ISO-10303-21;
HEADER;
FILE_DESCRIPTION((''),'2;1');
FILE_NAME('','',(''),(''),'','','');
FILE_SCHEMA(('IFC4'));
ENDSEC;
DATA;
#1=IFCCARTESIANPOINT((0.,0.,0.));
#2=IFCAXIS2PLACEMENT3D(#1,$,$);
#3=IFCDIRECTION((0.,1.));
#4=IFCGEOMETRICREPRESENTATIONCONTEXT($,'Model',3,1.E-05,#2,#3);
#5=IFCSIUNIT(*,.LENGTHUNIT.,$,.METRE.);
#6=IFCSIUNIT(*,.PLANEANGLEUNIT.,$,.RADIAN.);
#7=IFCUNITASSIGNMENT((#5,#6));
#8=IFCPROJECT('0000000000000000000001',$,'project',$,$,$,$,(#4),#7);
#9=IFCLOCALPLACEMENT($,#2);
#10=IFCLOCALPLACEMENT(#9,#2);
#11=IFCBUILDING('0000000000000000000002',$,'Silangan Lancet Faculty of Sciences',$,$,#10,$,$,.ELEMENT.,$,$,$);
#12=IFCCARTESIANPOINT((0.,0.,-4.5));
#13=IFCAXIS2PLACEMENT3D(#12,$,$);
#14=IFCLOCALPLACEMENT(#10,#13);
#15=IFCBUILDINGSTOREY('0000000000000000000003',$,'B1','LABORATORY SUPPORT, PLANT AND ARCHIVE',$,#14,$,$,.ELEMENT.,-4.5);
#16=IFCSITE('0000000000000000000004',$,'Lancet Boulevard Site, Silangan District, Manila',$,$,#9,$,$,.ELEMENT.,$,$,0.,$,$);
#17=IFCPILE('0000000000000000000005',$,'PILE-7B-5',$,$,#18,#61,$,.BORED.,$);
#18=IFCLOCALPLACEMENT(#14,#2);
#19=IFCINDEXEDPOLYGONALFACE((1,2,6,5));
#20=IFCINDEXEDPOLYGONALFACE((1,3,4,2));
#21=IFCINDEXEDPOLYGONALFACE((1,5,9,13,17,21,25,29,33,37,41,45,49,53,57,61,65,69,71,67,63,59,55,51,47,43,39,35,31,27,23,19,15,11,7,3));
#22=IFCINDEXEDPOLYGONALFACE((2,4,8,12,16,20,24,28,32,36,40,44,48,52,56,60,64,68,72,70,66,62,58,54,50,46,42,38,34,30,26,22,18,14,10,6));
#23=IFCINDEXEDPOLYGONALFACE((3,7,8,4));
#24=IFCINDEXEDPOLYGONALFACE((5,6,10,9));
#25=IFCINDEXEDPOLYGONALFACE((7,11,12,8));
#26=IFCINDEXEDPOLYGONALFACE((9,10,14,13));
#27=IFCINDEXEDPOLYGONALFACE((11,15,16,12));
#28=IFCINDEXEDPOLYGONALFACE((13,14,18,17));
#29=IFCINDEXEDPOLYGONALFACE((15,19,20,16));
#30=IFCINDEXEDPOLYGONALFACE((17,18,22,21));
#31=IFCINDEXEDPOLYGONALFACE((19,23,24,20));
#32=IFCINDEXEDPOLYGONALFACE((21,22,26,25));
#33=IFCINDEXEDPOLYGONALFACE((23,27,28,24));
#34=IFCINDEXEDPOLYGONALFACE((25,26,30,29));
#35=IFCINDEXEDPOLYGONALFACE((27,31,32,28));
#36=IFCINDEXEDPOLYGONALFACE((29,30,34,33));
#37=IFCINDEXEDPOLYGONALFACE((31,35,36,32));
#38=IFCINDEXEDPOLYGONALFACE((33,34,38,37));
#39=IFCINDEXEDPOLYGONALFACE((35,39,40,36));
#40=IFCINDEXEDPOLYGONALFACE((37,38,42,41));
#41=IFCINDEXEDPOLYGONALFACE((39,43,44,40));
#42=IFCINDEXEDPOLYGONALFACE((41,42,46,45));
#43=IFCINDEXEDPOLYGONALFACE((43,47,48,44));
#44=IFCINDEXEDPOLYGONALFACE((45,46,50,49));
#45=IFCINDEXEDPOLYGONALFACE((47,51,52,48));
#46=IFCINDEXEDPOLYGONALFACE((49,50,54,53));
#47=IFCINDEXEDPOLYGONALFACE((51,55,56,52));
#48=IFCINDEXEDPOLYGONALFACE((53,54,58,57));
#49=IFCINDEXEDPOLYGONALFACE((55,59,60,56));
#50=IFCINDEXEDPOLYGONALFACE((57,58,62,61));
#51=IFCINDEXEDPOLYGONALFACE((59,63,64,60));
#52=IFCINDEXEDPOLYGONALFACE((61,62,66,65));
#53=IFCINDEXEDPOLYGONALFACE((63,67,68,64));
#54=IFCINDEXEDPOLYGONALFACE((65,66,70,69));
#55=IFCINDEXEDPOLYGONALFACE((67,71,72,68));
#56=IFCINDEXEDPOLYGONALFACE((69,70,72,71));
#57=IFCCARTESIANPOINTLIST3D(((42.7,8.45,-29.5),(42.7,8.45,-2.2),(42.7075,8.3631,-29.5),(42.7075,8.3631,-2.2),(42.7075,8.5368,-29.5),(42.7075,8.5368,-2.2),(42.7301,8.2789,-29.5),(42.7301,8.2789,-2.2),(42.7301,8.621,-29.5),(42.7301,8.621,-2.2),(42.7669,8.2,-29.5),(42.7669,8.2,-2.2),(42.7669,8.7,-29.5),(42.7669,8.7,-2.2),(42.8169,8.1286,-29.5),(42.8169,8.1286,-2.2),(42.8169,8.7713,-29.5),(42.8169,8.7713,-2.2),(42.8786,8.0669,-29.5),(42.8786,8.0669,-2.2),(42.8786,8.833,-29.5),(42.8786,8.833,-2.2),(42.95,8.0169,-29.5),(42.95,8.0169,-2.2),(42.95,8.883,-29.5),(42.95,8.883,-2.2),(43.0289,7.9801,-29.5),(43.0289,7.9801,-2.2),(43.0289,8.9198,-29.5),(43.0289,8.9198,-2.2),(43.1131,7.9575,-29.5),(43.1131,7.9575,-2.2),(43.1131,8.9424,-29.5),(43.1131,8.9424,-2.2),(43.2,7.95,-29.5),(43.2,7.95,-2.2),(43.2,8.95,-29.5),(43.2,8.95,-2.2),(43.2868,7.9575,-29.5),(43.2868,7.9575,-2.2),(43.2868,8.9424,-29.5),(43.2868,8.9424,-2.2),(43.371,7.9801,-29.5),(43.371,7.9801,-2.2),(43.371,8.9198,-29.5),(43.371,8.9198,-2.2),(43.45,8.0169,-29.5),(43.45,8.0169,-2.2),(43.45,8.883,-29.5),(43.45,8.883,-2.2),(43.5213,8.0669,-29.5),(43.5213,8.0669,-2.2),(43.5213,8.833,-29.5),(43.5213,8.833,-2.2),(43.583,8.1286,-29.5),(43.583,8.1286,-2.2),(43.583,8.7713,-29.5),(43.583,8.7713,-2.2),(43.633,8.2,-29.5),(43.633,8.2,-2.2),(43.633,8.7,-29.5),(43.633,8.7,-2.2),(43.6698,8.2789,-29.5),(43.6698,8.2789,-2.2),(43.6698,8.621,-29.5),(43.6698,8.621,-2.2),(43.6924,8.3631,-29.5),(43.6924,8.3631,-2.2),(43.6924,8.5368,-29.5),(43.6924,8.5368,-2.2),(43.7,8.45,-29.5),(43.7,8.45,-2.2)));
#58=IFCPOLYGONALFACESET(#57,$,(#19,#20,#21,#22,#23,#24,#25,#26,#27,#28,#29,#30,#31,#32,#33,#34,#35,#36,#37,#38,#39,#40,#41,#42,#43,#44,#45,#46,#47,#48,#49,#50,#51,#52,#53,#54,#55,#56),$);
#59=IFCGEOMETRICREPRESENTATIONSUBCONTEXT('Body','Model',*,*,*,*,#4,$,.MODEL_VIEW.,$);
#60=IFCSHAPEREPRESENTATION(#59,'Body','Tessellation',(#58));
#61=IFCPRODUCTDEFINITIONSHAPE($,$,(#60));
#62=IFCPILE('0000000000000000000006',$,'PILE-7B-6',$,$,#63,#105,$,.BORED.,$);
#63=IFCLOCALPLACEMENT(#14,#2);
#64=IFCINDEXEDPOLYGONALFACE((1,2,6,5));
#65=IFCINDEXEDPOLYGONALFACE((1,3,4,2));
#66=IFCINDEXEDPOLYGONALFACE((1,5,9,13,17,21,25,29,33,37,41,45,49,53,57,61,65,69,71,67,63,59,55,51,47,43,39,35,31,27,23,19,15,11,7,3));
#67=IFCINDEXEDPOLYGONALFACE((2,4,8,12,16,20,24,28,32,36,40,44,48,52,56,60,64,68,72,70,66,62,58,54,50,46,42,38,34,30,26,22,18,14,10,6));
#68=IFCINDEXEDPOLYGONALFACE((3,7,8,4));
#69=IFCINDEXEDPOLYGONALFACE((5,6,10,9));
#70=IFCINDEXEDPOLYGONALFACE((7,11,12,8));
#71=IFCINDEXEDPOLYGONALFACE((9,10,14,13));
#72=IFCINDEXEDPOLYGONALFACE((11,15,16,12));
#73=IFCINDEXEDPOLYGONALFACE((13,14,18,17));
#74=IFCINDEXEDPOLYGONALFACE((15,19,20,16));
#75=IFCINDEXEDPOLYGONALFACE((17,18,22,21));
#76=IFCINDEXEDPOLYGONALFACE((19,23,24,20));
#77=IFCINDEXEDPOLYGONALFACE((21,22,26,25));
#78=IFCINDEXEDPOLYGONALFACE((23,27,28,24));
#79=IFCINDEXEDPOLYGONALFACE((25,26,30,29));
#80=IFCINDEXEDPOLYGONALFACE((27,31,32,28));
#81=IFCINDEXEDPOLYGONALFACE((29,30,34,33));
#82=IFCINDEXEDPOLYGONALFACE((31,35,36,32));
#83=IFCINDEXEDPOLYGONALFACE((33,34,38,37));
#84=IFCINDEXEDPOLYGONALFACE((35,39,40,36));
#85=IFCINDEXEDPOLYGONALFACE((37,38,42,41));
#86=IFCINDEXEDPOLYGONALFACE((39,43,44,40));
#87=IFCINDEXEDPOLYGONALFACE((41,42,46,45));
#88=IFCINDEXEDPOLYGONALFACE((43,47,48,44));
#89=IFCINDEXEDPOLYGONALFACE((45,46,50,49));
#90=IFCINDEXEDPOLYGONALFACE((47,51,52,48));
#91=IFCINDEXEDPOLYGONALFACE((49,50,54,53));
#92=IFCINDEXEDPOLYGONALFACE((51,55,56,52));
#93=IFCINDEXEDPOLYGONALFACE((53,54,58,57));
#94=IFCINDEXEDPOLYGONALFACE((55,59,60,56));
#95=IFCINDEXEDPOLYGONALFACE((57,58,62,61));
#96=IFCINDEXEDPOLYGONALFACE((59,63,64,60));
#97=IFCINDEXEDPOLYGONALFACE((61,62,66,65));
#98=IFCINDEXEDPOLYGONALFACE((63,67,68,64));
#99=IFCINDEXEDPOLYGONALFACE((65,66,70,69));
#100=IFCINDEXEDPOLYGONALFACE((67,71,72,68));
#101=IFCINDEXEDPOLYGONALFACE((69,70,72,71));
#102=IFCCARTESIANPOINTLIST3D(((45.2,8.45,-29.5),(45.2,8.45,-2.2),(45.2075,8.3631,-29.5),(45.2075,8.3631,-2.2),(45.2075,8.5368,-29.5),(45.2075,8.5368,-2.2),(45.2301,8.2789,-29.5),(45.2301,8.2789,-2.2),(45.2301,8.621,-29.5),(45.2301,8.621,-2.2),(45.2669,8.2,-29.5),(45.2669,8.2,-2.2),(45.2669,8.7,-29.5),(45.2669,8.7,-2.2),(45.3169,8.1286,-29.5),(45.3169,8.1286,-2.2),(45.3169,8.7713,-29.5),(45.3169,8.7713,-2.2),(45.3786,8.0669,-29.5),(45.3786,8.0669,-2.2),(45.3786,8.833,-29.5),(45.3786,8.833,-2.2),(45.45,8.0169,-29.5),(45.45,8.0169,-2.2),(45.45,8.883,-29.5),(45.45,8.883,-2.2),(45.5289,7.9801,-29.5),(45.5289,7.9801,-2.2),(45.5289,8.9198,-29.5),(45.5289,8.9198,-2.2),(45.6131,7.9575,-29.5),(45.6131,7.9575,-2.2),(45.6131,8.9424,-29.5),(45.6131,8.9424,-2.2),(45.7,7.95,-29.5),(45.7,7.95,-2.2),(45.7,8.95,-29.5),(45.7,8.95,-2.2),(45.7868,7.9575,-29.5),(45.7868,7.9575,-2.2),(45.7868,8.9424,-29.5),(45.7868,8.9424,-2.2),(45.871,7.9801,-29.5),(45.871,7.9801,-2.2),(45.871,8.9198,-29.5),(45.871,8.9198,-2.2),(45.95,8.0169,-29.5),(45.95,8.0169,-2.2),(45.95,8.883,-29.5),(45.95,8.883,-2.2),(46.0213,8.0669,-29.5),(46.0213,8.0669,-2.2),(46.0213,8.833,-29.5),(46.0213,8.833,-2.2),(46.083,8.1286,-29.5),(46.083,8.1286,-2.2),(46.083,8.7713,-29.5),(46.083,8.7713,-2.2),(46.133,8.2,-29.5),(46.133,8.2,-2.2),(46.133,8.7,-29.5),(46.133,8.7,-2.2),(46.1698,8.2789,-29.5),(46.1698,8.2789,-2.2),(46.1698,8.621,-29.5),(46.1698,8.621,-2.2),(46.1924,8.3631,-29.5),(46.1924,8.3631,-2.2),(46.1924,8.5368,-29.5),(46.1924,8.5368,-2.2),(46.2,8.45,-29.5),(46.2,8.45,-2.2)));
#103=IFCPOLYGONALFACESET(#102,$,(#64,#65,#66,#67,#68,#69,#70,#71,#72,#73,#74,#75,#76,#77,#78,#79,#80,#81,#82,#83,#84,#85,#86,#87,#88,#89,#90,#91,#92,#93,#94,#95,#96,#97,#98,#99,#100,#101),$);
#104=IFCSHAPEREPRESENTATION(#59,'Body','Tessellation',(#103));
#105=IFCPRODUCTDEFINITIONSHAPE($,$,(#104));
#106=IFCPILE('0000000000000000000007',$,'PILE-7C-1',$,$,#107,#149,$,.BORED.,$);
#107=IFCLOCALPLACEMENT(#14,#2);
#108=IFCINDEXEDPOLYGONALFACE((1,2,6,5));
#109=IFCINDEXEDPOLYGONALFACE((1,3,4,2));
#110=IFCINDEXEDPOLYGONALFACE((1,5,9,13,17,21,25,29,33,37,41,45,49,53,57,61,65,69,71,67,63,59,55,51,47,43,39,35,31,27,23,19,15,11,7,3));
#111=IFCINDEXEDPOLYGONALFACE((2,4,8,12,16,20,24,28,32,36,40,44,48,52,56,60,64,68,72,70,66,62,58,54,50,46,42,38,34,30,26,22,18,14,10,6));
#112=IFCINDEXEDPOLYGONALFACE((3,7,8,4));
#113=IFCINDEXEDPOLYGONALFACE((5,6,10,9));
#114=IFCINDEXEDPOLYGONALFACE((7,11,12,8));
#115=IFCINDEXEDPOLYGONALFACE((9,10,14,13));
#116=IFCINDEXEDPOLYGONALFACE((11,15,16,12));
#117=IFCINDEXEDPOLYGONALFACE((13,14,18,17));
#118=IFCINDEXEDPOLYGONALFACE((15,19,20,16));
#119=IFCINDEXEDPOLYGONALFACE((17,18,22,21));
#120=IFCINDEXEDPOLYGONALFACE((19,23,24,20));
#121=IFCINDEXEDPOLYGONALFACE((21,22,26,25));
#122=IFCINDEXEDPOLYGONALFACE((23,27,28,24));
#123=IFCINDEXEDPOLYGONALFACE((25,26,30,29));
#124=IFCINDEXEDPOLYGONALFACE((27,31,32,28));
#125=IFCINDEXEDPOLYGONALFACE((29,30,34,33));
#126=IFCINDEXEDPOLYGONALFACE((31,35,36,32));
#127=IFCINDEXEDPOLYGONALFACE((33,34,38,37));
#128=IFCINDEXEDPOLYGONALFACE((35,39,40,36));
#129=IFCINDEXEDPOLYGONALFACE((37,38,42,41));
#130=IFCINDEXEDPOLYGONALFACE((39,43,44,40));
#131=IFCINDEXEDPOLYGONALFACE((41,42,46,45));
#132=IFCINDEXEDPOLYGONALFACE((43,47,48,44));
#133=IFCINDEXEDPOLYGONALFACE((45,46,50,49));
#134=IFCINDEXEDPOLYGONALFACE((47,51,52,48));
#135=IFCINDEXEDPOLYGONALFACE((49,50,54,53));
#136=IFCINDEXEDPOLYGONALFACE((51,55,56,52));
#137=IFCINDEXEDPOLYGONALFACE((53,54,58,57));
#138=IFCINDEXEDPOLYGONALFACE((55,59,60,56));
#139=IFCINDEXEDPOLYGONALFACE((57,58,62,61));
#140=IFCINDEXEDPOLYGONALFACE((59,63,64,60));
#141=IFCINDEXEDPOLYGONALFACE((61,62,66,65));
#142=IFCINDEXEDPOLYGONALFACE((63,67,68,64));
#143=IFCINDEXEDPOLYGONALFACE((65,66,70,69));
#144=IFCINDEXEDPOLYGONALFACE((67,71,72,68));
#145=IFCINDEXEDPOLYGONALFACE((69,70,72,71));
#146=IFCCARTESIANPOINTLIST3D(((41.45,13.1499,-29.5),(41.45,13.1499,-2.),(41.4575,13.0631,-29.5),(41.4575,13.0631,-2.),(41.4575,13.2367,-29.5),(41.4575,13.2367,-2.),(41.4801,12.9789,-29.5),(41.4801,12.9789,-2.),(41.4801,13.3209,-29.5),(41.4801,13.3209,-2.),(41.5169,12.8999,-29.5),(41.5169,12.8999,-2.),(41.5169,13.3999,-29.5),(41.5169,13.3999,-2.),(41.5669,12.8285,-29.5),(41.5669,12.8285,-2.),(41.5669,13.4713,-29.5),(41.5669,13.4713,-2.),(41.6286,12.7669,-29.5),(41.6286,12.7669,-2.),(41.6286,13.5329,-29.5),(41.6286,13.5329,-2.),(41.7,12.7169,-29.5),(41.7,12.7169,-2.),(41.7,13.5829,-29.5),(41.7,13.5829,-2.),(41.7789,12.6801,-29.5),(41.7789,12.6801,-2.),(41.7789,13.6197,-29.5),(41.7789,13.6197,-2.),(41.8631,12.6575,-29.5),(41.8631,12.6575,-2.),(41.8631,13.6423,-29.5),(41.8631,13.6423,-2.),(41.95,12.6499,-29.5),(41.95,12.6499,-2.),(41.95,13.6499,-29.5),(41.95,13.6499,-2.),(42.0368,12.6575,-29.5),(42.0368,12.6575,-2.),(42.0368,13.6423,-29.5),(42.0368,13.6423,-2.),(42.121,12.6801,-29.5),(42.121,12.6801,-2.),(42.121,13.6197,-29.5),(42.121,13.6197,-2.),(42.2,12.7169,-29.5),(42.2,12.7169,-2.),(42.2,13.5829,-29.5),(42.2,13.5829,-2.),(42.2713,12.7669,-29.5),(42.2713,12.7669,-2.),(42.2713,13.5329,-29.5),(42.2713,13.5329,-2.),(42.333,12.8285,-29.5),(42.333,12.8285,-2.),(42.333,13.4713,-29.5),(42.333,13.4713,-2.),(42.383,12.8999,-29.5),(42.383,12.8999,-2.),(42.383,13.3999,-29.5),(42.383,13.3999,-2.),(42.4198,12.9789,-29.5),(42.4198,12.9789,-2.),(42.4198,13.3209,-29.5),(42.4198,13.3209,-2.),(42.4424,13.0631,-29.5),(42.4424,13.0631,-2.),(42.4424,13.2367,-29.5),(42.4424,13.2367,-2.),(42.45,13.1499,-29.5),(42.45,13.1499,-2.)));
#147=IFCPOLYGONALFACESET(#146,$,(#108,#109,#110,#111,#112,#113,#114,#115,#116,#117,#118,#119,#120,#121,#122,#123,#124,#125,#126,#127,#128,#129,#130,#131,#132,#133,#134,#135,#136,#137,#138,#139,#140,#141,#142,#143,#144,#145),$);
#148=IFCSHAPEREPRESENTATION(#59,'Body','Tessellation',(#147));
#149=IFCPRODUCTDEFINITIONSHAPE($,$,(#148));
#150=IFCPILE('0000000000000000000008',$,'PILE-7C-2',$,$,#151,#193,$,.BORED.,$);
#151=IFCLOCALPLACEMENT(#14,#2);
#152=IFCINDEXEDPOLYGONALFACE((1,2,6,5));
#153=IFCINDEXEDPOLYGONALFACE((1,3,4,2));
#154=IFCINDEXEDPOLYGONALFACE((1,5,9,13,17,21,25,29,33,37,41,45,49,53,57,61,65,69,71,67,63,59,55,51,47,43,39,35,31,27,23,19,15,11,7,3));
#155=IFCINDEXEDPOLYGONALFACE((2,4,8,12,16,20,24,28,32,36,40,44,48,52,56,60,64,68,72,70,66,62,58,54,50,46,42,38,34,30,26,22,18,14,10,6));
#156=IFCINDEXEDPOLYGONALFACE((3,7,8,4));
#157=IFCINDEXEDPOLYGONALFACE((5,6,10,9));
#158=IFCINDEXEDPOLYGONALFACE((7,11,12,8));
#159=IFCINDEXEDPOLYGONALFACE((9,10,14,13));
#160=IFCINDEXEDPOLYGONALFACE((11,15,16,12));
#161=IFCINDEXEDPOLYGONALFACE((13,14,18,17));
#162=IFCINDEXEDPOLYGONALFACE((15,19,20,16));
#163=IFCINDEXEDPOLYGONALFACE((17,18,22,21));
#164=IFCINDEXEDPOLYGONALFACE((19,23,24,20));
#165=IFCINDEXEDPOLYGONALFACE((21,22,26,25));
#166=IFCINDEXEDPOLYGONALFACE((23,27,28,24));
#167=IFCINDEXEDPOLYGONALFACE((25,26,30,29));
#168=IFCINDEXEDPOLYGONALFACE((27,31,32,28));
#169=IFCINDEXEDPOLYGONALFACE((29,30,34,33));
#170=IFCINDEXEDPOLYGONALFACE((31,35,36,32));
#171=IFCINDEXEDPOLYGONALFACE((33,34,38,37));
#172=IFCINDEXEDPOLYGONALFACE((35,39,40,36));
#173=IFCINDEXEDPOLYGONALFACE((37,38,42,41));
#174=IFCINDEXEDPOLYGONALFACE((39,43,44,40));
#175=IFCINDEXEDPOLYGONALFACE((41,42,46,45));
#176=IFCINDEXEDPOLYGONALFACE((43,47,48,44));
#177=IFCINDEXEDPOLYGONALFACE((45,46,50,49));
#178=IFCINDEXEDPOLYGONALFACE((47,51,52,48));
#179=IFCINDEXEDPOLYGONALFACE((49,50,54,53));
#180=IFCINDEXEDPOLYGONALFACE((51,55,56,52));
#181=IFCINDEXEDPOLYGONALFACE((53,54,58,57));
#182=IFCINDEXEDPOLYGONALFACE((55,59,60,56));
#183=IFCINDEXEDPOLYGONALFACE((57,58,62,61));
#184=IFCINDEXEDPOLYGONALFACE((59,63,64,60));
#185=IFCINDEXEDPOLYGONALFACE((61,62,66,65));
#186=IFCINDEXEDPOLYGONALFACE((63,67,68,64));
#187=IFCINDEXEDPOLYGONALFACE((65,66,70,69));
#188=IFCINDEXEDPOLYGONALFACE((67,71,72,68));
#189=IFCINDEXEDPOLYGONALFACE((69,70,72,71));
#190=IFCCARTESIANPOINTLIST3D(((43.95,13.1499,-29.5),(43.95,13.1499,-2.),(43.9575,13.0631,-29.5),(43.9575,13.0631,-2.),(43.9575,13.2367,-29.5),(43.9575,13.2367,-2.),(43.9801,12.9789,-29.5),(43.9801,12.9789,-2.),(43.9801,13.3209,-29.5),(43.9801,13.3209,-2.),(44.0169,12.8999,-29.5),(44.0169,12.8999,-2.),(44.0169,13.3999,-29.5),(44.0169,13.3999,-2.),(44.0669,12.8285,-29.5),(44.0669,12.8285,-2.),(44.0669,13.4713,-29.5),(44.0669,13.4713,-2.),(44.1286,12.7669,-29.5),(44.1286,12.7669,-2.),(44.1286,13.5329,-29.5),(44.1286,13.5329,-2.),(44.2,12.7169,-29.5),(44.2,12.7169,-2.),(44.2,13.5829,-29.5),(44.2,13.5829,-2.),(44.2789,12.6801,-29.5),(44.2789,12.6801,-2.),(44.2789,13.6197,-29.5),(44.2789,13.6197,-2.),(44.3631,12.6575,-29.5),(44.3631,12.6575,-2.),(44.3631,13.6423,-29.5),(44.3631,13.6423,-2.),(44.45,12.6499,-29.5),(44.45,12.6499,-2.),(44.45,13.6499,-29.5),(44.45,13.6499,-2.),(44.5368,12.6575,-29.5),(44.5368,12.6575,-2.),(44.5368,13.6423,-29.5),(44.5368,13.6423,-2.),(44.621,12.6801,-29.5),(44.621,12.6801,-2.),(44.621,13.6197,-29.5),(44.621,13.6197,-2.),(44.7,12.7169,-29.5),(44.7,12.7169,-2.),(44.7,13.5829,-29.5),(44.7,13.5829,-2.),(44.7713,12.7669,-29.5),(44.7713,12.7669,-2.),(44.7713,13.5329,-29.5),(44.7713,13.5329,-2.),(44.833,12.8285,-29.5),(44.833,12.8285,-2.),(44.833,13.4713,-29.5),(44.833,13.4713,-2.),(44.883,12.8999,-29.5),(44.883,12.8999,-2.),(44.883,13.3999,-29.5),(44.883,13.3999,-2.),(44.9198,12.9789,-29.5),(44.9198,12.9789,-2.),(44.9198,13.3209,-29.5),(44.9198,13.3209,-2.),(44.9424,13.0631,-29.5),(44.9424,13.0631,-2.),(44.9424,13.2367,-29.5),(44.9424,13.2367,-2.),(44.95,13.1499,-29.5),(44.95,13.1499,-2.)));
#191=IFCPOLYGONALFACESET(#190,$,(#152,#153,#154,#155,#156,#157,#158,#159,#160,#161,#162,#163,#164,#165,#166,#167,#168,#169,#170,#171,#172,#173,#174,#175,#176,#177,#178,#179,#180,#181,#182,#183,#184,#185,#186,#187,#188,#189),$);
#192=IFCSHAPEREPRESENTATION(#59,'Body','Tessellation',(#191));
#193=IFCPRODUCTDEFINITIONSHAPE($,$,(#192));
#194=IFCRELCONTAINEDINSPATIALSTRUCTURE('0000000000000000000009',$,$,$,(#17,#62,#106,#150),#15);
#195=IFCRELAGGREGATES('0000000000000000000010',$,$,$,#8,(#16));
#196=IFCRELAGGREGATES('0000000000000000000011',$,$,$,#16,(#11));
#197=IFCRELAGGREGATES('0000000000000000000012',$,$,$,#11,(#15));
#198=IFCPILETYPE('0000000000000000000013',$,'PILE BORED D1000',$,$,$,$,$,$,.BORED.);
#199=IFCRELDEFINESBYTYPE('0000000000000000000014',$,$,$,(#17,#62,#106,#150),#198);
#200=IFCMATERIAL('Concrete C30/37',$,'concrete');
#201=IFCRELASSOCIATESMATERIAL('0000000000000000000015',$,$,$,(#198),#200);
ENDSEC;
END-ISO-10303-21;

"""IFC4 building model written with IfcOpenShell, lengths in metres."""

from ifc_helpers import new_model, si_unit, direction, frame, origin, origin_2d, place, context, subcontext, project, spatial, circle, extrude, material, material_profile, profile_set, type_object, element, save


model = new_model("IFC4")

# Units and contexts
model_context = context("Model", 3, precision=1e-05, world=origin(), true_north=direction((0.0, 1.0)))
body_context = subcontext(model_context, "Body", "Model", "MODEL_VIEW")
ifc_project = project(units=[si_unit("LENGTHUNIT", "METRE"), si_unit("PLANEANGLEUNIT", "RADIAN")], contexts=[model_context])

# Site, building, storey
site_placement = place(None, origin())
site = spatial("IfcSite", under=ifc_project, at=site_placement, Name="Lancet Boulevard Site, Silangan District, Manila", CompositionType="ELEMENT", RefElevation=0.0)
building_placement = place(site_placement, origin())
building = spatial("IfcBuilding", under=site, at=building_placement, Name="Silangan Lancet Faculty of Sciences", CompositionType="ELEMENT")
storey_placement = place(building_placement, frame((0.0, 0.0, -4.5)))
storey = spatial("IfcBuildingStorey", under=building, at=storey_placement, Name="B1", Description="LABORATORY SUPPORT, PLANT AND ARCHIVE", CompositionType="ELEMENT", Elevation=-4.5)

# Piles
ifc_material_1 = material(Name="Concrete C30/37", Category="concrete")
ifc_material_profile_1 = material_profile(ifc_material_1, circle(Radius=0.5, at=origin_2d()), Name="BORED PILE D1000")
ifc_profile_set_1 = profile_set([ifc_material_profile_1], Name="Concrete C30/37")
pile_type = type_object("IfcPileType", Name="PILE BORED D1000", PredefinedType="BORED", material=ifc_profile_set_1)
for number, where, z_axis, x_axis, name in (
    (1, (43.2, 8.45, -2.2), (0.0, 0.0, -1.0), (1.0, 0.0, 0.0), "PILE-7B-5"),
    (2, (45.7, 8.45, -2.2), (0.0, 0.0, -1.0), (1.0, 0.0, 0.0), "PILE-7B-6"),
):
    element("IfcPile", number, at=place(storey_placement, frame(where, z_axis=z_axis, x_axis=x_axis)), inside=storey, type_object=pile_type, Name=name, PredefinedType="BORED", context=body_context, shape_type="SweptSolid", body=[
        extrude(circle(Radius=0.5, at=origin_2d()), origin(), (0.0, 0.0, 1.0), 27.3),
    ])
for number, where, z_axis, x_axis, name in (
    (3, (41.95, 13.1499, -2.0), (0.0, 0.0, -1.0), (1.0, 0.0, 0.0), "PILE-7C-1"),
    (4, (44.45, 13.1499, -2.0), (0.0, 0.0, -1.0), (1.0, 0.0, 0.0), "PILE-7C-2"),
):
    element("IfcPile", number, at=place(storey_placement, frame(where, z_axis=z_axis, x_axis=x_axis)), inside=storey, type_object=pile_type, Name=name, PredefinedType="BORED", context=body_context, shape_type="SweptSolid", body=[
        extrude(circle(Radius=0.5, at=origin_2d()), origin(), (0.0, 0.0, 1.0), 27.5),
    ])

save(model, "model.ifc")
